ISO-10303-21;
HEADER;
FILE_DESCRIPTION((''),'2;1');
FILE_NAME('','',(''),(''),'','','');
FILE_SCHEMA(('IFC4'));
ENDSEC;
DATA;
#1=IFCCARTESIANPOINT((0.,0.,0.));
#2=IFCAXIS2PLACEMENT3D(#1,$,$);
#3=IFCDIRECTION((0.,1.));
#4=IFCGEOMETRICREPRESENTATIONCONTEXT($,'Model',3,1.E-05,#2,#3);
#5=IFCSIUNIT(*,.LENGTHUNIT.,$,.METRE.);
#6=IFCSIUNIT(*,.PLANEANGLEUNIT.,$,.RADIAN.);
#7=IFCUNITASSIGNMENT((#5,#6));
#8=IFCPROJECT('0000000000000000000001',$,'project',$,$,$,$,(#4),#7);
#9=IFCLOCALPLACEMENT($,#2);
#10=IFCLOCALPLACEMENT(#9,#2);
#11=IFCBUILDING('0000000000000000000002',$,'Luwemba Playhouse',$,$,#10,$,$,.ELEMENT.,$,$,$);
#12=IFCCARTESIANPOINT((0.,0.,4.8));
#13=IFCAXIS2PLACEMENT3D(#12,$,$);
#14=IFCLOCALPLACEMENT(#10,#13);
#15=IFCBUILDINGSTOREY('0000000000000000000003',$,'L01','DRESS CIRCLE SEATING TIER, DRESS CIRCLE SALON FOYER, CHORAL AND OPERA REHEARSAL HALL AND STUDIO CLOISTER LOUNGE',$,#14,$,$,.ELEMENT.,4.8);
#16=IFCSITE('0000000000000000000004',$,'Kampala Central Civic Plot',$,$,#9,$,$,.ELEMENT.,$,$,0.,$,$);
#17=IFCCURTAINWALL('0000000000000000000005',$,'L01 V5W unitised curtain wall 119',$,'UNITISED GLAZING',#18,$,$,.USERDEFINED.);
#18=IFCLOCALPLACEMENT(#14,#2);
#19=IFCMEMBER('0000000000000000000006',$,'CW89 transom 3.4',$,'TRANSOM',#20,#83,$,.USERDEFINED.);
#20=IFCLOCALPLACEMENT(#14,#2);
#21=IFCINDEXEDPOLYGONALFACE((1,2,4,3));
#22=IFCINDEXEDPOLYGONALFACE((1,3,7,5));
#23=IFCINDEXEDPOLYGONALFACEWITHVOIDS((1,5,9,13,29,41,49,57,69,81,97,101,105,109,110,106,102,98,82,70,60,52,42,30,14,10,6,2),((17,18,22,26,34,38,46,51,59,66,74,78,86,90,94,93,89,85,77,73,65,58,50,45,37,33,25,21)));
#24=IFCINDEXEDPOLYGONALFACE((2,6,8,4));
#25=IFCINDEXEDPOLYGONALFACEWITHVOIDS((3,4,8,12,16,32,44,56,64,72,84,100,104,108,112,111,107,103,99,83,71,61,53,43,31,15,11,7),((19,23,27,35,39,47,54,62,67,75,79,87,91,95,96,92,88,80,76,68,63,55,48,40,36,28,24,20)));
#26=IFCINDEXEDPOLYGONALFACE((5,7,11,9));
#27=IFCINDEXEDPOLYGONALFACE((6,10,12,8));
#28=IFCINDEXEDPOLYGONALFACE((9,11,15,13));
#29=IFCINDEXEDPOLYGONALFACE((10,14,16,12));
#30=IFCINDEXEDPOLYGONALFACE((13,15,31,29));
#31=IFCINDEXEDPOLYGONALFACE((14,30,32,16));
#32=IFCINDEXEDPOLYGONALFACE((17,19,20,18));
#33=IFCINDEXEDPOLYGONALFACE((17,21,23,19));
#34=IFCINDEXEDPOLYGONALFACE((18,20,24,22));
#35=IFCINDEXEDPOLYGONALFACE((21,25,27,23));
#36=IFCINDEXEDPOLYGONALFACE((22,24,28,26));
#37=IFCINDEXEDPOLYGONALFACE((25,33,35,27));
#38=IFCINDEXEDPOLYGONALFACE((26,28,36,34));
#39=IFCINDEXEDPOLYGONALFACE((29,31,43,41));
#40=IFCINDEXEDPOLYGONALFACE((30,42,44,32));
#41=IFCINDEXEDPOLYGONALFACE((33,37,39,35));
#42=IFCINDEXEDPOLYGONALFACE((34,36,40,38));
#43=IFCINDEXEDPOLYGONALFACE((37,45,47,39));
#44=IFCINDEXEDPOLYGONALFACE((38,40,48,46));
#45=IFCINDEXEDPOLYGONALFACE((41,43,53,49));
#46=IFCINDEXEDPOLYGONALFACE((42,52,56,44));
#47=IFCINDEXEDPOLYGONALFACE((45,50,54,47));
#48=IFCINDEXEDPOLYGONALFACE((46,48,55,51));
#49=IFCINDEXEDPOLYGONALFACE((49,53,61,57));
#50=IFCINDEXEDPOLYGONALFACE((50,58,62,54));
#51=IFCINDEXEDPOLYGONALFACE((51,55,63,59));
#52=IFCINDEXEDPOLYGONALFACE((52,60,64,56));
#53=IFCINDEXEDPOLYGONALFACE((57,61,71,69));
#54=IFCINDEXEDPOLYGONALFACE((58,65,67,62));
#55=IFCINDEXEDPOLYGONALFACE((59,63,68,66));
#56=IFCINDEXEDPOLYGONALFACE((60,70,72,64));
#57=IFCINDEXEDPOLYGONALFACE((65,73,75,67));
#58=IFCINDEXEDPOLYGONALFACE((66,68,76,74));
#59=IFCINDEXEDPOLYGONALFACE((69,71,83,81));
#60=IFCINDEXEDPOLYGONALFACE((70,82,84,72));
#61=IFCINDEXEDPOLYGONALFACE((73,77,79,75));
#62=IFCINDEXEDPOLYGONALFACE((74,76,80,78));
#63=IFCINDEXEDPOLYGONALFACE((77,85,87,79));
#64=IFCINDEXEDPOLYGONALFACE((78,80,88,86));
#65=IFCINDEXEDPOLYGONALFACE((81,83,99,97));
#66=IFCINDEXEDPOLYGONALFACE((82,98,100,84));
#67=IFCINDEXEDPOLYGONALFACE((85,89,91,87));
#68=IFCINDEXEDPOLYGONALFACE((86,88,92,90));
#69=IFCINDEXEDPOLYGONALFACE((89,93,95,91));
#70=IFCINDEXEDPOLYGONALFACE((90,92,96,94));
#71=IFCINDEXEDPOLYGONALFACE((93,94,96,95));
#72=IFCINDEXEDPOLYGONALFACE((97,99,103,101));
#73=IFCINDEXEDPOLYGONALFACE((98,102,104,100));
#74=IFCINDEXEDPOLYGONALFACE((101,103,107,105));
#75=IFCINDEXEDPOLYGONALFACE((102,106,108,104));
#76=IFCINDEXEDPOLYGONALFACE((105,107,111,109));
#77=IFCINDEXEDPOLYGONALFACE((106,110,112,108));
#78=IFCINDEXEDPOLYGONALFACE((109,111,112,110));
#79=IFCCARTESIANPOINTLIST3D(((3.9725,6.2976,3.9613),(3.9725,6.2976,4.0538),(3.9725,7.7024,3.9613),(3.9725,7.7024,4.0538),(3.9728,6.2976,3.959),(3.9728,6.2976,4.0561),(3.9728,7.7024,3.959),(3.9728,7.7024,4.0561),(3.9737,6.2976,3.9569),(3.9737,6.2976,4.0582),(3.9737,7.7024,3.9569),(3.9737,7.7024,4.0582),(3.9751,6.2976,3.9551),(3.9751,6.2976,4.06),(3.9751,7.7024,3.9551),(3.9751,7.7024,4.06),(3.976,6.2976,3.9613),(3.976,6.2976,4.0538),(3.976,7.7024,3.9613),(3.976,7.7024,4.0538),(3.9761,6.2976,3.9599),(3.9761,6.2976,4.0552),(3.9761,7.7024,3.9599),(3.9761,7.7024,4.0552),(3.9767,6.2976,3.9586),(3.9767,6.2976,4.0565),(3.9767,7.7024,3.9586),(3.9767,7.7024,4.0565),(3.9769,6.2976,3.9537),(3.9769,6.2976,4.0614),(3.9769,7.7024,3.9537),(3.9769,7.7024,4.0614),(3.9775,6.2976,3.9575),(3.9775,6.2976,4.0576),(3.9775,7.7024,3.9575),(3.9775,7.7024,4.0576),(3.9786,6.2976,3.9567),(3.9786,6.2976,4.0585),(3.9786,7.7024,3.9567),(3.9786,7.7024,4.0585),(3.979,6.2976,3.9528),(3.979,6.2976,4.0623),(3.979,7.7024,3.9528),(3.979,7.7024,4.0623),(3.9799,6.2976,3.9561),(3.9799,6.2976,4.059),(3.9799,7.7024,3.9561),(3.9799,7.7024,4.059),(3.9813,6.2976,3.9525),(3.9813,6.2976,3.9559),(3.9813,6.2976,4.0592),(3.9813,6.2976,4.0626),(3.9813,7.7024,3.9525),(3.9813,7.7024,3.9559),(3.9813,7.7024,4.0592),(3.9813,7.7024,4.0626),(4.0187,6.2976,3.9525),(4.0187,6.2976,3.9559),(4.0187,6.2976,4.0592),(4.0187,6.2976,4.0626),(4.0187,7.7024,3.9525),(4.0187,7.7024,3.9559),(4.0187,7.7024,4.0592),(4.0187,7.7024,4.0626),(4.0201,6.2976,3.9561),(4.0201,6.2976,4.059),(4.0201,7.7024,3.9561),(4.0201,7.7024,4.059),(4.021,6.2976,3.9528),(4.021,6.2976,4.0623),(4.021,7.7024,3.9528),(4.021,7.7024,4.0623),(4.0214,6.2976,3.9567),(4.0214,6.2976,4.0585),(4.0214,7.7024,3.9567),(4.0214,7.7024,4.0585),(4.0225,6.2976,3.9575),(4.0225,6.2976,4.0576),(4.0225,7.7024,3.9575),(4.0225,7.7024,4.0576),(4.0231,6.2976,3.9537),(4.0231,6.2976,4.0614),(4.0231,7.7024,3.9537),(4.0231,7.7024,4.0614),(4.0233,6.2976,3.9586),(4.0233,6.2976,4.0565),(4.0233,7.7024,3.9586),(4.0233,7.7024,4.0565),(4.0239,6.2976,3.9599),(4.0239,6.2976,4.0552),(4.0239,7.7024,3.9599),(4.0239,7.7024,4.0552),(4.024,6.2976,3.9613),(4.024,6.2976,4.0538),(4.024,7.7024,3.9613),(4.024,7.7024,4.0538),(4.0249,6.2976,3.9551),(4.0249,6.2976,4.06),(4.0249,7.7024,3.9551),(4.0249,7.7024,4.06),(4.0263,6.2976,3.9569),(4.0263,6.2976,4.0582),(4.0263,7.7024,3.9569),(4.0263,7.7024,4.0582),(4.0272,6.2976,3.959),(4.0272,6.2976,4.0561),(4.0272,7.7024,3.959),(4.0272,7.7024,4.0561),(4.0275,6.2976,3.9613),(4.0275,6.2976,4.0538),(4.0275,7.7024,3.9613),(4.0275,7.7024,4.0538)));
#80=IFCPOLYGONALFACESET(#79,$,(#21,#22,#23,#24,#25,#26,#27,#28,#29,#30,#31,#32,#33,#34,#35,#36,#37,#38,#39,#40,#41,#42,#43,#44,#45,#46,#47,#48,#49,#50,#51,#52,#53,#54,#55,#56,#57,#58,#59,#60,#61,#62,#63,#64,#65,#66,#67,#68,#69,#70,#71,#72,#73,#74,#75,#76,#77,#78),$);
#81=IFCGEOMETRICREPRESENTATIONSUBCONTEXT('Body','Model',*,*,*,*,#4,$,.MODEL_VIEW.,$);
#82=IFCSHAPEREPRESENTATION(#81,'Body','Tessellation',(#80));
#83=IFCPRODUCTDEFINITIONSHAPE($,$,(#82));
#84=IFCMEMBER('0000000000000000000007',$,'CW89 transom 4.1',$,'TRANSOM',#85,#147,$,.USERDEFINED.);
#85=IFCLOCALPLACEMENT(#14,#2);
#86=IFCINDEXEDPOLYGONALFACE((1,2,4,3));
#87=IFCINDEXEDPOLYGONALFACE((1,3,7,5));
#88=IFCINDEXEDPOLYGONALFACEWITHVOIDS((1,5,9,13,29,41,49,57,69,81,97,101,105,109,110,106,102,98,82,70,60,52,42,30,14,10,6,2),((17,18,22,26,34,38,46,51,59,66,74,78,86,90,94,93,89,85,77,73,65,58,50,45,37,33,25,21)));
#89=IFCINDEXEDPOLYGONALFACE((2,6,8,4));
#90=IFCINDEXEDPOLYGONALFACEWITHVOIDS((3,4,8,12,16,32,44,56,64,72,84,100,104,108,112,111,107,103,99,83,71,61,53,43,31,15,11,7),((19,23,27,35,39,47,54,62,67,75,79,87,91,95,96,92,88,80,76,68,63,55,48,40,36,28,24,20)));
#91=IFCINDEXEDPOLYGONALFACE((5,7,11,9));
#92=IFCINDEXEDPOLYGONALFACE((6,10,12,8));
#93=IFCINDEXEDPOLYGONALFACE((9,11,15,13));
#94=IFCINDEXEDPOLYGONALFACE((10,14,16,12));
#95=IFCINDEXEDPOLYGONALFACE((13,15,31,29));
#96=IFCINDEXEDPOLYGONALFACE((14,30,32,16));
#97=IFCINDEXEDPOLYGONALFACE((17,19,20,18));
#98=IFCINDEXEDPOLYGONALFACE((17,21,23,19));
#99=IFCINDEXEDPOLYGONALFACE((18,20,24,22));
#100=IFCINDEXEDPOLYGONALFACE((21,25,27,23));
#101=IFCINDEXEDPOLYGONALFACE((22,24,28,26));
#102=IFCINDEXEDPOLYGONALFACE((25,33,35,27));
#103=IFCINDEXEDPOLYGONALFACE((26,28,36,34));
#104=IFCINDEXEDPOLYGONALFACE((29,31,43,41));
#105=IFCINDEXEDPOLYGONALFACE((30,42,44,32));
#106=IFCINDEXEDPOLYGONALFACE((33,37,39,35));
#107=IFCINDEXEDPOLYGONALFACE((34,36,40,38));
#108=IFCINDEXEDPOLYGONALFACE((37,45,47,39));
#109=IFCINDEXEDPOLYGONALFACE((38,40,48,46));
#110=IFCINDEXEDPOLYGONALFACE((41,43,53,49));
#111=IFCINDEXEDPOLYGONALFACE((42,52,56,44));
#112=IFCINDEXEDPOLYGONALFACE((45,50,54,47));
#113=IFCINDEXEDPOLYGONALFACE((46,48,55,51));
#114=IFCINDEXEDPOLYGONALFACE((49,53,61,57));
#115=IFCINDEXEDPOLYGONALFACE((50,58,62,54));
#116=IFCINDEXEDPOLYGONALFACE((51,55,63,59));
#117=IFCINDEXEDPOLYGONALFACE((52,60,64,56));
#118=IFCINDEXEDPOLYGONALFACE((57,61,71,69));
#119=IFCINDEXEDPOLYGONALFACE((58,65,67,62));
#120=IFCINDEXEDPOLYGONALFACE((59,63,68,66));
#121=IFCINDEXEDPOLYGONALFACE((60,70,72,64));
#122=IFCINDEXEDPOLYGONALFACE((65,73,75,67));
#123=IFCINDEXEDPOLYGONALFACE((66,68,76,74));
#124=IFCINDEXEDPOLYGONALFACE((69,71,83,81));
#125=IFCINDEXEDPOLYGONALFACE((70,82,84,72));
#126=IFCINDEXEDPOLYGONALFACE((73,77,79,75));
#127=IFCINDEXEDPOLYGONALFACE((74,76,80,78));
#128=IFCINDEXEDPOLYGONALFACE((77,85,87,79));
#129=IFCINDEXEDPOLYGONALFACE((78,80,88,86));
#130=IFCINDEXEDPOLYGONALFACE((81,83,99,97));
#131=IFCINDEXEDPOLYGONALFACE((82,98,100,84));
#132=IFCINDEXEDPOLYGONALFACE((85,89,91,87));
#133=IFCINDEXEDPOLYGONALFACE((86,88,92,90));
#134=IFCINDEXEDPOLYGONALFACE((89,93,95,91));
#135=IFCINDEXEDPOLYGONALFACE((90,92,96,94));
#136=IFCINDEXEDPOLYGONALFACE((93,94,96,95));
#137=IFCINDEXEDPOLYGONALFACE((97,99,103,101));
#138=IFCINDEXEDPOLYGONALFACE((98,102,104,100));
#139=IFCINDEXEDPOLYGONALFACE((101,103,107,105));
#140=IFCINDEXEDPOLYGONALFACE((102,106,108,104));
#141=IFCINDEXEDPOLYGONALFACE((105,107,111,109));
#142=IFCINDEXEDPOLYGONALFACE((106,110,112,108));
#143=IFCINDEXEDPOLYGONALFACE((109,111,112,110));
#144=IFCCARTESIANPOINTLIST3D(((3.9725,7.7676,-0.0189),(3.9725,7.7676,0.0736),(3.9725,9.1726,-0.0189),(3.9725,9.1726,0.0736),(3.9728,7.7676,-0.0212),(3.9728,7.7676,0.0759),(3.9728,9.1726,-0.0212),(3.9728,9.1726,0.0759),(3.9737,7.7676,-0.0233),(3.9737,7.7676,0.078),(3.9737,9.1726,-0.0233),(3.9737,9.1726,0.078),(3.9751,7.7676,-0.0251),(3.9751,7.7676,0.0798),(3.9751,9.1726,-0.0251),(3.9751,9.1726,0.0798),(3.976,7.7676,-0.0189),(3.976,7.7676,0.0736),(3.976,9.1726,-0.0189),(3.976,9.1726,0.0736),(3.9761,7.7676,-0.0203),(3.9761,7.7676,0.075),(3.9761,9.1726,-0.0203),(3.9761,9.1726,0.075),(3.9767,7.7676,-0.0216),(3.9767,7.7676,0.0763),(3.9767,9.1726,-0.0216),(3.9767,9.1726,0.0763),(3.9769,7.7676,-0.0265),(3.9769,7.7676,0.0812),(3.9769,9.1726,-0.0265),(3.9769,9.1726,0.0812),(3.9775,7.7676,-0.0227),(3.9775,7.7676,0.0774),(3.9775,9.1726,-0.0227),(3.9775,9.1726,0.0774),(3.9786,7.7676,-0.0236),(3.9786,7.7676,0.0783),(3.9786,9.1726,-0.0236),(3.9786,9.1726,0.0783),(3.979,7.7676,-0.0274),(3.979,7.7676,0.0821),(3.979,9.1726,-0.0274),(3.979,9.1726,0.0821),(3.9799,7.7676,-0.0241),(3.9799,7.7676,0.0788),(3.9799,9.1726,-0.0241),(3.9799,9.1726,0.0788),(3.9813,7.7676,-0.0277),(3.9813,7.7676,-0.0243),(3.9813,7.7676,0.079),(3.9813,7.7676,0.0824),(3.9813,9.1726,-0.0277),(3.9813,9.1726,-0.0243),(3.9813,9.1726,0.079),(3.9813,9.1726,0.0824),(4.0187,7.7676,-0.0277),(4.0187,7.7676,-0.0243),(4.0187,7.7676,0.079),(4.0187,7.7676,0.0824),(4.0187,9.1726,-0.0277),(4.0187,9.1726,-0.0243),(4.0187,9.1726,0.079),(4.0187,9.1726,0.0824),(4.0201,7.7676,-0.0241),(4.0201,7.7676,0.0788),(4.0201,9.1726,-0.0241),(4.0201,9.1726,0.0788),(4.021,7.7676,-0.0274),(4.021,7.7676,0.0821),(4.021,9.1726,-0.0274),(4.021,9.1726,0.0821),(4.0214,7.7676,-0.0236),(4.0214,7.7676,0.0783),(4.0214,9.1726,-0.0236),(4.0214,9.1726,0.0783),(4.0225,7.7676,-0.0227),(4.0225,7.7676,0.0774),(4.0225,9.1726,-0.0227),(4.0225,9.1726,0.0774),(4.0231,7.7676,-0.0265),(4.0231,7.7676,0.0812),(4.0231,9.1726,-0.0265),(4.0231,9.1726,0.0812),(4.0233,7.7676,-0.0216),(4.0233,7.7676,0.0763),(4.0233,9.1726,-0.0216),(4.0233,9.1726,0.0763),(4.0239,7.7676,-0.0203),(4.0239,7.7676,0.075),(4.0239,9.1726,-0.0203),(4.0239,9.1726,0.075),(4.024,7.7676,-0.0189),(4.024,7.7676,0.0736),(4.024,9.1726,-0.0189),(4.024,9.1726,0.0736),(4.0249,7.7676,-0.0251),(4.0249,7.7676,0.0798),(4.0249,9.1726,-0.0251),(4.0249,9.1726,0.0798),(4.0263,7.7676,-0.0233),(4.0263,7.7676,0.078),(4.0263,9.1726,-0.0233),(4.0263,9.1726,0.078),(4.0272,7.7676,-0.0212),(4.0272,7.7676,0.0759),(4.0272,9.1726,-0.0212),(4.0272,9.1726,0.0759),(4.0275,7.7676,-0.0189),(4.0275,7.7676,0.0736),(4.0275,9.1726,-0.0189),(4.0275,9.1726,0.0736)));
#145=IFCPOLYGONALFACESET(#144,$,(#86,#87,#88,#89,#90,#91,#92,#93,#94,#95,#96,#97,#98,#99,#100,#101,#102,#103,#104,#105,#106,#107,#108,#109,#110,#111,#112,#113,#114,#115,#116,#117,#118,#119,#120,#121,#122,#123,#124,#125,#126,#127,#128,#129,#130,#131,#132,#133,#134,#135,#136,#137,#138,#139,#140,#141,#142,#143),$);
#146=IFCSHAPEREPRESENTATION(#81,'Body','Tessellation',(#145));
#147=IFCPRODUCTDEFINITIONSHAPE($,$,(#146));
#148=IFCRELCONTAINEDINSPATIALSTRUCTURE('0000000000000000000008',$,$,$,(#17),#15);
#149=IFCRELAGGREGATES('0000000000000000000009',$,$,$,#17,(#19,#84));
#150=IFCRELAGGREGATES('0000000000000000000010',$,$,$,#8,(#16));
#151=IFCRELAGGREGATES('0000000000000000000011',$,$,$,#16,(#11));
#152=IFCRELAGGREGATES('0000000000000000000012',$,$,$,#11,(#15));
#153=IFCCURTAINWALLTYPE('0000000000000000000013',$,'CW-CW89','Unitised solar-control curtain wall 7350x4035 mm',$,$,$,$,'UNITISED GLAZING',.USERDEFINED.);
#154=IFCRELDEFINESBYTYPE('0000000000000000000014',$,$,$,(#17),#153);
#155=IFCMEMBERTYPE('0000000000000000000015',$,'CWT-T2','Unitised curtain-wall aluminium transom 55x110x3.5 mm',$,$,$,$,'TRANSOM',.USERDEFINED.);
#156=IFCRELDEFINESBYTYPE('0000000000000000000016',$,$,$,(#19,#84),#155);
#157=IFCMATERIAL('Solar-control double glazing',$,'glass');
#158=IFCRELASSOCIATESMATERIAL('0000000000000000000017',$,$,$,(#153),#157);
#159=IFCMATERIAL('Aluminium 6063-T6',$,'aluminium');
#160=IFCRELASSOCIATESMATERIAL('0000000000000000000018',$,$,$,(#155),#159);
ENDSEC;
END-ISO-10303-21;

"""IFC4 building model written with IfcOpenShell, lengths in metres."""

from ifc_helpers import new_model, si_unit, direction, frame, origin, origin_2d, place, context, subcontext, project, spatial, hollow_rectangle, extrude, material, material_profile, profile_set, type_object, element, aggregate, save


model = new_model("IFC4")

# Units and contexts
model_context = context("Model", 3, precision=1e-05, world=origin(), true_north=direction((0.0, 1.0)))
body_context = subcontext(model_context, "Body", "Model", "MODEL_VIEW")
ifc_project = project(units=[si_unit("LENGTHUNIT", "METRE"), si_unit("PLANEANGLEUNIT", "RADIAN")], contexts=[model_context])

# Site, building, storey
site_placement = place(None, origin())
site = spatial("IfcSite", under=ifc_project, at=site_placement, Name="Kampala Central Civic Plot", CompositionType="ELEMENT", RefElevation=0.0)
building_placement = place(site_placement, origin())
building = spatial("IfcBuilding", under=site, at=building_placement, Name="Luwemba Playhouse", CompositionType="ELEMENT")
storey_placement = place(building_placement, frame((0.0, 0.0, 4.8)))
storey = spatial("IfcBuildingStorey", under=building, at=storey_placement, Name="L01", Description="DRESS CIRCLE SEATING TIER, DRESS CIRCLE SALON FOYER, CHORAL AND OPERA REHEARSAL HALL AND STUDIO CLOISTER LOUNGE", CompositionType="ELEMENT", Elevation=4.8)

# Curtain wall, members
ifc_material_1 = material(Name="Solar-control double glazing", Category="glass")
curtain_wall_type = type_object("IfcCurtainWallType", Name="CW-CW89", Description="Unitised solar-control curtain wall 7350x4035 mm", ElementType="UNITISED GLAZING", PredefinedType="USERDEFINED", material=ifc_material_1)
curtain_wall_placement = place(storey_placement, origin())
curtain_wall = element("IfcCurtainWall", 1, at=curtain_wall_placement, inside=storey, type_object=curtain_wall_type, Name="L01 V5W unitised curtain wall 119", ObjectType="UNITISED GLAZING", PredefinedType="USERDEFINED")
ifc_material_2 = material(Name="Aluminium 6063-T6", Category="aluminium")
ifc_material_profile_1 = material_profile(ifc_material_2, hollow_rectangle(XDim=0.0549, YDim=0.1101, WallThickness=0.0034, InnerFilletRadius=0.0054, OuterFilletRadius=0.0088, at=origin_2d()))
ifc_profile_set_1 = profile_set([ifc_material_profile_1], Name="Aluminium 6063-T6")
member_type_1 = type_object("IfcMemberType", Name="CWT-T2", Description="Unitised curtain-wall aluminium transom 55x110x3.5 mm", ElementType="TRANSOM", PredefinedType="USERDEFINED", material=ifc_profile_set_1)
member_1_placement = place(storey_placement, frame((4.0, 6.2976, 4.0076), z_axis=(0.0, 1.0, 0.0), x_axis=(-1.0, 0.0, 0.0)))
member_1 = element("IfcMember", 2, at=member_1_placement, type_object=member_type_1, Name="CW89 transom 3.4", ObjectType="TRANSOM", PredefinedType="USERDEFINED", context=body_context, shape_type="SweptSolid", body=[
    extrude(hollow_rectangle(XDim=0.0549, YDim=0.1101, WallThickness=0.0034, InnerFilletRadius=0.0054, OuterFilletRadius=0.0088, at=origin_2d()), origin(), (0.0, 0.0, 1.0), 1.4048),
])
member_2_placement = place(storey_placement, frame((4.0, 7.7676, 0.0273), z_axis=(0.0, 1.0, 0.0), x_axis=(-1.0, 0.0, 0.0)))
member_2 = element("IfcMember", 3, at=member_2_placement, type_object=member_type_1, Name="CW89 transom 4.1", ObjectType="TRANSOM", PredefinedType="USERDEFINED", context=body_context, shape_type="SweptSolid", body=[
    extrude(hollow_rectangle(XDim=0.0549, YDim=0.1101, WallThickness=0.0034, InnerFilletRadius=0.0054, OuterFilletRadius=0.0088, at=origin_2d()), origin(), (0.0, 0.0, 1.0), 1.405),
])
aggregate(curtain_wall, [member_1, member_2])

save(model, "model.ifc")
